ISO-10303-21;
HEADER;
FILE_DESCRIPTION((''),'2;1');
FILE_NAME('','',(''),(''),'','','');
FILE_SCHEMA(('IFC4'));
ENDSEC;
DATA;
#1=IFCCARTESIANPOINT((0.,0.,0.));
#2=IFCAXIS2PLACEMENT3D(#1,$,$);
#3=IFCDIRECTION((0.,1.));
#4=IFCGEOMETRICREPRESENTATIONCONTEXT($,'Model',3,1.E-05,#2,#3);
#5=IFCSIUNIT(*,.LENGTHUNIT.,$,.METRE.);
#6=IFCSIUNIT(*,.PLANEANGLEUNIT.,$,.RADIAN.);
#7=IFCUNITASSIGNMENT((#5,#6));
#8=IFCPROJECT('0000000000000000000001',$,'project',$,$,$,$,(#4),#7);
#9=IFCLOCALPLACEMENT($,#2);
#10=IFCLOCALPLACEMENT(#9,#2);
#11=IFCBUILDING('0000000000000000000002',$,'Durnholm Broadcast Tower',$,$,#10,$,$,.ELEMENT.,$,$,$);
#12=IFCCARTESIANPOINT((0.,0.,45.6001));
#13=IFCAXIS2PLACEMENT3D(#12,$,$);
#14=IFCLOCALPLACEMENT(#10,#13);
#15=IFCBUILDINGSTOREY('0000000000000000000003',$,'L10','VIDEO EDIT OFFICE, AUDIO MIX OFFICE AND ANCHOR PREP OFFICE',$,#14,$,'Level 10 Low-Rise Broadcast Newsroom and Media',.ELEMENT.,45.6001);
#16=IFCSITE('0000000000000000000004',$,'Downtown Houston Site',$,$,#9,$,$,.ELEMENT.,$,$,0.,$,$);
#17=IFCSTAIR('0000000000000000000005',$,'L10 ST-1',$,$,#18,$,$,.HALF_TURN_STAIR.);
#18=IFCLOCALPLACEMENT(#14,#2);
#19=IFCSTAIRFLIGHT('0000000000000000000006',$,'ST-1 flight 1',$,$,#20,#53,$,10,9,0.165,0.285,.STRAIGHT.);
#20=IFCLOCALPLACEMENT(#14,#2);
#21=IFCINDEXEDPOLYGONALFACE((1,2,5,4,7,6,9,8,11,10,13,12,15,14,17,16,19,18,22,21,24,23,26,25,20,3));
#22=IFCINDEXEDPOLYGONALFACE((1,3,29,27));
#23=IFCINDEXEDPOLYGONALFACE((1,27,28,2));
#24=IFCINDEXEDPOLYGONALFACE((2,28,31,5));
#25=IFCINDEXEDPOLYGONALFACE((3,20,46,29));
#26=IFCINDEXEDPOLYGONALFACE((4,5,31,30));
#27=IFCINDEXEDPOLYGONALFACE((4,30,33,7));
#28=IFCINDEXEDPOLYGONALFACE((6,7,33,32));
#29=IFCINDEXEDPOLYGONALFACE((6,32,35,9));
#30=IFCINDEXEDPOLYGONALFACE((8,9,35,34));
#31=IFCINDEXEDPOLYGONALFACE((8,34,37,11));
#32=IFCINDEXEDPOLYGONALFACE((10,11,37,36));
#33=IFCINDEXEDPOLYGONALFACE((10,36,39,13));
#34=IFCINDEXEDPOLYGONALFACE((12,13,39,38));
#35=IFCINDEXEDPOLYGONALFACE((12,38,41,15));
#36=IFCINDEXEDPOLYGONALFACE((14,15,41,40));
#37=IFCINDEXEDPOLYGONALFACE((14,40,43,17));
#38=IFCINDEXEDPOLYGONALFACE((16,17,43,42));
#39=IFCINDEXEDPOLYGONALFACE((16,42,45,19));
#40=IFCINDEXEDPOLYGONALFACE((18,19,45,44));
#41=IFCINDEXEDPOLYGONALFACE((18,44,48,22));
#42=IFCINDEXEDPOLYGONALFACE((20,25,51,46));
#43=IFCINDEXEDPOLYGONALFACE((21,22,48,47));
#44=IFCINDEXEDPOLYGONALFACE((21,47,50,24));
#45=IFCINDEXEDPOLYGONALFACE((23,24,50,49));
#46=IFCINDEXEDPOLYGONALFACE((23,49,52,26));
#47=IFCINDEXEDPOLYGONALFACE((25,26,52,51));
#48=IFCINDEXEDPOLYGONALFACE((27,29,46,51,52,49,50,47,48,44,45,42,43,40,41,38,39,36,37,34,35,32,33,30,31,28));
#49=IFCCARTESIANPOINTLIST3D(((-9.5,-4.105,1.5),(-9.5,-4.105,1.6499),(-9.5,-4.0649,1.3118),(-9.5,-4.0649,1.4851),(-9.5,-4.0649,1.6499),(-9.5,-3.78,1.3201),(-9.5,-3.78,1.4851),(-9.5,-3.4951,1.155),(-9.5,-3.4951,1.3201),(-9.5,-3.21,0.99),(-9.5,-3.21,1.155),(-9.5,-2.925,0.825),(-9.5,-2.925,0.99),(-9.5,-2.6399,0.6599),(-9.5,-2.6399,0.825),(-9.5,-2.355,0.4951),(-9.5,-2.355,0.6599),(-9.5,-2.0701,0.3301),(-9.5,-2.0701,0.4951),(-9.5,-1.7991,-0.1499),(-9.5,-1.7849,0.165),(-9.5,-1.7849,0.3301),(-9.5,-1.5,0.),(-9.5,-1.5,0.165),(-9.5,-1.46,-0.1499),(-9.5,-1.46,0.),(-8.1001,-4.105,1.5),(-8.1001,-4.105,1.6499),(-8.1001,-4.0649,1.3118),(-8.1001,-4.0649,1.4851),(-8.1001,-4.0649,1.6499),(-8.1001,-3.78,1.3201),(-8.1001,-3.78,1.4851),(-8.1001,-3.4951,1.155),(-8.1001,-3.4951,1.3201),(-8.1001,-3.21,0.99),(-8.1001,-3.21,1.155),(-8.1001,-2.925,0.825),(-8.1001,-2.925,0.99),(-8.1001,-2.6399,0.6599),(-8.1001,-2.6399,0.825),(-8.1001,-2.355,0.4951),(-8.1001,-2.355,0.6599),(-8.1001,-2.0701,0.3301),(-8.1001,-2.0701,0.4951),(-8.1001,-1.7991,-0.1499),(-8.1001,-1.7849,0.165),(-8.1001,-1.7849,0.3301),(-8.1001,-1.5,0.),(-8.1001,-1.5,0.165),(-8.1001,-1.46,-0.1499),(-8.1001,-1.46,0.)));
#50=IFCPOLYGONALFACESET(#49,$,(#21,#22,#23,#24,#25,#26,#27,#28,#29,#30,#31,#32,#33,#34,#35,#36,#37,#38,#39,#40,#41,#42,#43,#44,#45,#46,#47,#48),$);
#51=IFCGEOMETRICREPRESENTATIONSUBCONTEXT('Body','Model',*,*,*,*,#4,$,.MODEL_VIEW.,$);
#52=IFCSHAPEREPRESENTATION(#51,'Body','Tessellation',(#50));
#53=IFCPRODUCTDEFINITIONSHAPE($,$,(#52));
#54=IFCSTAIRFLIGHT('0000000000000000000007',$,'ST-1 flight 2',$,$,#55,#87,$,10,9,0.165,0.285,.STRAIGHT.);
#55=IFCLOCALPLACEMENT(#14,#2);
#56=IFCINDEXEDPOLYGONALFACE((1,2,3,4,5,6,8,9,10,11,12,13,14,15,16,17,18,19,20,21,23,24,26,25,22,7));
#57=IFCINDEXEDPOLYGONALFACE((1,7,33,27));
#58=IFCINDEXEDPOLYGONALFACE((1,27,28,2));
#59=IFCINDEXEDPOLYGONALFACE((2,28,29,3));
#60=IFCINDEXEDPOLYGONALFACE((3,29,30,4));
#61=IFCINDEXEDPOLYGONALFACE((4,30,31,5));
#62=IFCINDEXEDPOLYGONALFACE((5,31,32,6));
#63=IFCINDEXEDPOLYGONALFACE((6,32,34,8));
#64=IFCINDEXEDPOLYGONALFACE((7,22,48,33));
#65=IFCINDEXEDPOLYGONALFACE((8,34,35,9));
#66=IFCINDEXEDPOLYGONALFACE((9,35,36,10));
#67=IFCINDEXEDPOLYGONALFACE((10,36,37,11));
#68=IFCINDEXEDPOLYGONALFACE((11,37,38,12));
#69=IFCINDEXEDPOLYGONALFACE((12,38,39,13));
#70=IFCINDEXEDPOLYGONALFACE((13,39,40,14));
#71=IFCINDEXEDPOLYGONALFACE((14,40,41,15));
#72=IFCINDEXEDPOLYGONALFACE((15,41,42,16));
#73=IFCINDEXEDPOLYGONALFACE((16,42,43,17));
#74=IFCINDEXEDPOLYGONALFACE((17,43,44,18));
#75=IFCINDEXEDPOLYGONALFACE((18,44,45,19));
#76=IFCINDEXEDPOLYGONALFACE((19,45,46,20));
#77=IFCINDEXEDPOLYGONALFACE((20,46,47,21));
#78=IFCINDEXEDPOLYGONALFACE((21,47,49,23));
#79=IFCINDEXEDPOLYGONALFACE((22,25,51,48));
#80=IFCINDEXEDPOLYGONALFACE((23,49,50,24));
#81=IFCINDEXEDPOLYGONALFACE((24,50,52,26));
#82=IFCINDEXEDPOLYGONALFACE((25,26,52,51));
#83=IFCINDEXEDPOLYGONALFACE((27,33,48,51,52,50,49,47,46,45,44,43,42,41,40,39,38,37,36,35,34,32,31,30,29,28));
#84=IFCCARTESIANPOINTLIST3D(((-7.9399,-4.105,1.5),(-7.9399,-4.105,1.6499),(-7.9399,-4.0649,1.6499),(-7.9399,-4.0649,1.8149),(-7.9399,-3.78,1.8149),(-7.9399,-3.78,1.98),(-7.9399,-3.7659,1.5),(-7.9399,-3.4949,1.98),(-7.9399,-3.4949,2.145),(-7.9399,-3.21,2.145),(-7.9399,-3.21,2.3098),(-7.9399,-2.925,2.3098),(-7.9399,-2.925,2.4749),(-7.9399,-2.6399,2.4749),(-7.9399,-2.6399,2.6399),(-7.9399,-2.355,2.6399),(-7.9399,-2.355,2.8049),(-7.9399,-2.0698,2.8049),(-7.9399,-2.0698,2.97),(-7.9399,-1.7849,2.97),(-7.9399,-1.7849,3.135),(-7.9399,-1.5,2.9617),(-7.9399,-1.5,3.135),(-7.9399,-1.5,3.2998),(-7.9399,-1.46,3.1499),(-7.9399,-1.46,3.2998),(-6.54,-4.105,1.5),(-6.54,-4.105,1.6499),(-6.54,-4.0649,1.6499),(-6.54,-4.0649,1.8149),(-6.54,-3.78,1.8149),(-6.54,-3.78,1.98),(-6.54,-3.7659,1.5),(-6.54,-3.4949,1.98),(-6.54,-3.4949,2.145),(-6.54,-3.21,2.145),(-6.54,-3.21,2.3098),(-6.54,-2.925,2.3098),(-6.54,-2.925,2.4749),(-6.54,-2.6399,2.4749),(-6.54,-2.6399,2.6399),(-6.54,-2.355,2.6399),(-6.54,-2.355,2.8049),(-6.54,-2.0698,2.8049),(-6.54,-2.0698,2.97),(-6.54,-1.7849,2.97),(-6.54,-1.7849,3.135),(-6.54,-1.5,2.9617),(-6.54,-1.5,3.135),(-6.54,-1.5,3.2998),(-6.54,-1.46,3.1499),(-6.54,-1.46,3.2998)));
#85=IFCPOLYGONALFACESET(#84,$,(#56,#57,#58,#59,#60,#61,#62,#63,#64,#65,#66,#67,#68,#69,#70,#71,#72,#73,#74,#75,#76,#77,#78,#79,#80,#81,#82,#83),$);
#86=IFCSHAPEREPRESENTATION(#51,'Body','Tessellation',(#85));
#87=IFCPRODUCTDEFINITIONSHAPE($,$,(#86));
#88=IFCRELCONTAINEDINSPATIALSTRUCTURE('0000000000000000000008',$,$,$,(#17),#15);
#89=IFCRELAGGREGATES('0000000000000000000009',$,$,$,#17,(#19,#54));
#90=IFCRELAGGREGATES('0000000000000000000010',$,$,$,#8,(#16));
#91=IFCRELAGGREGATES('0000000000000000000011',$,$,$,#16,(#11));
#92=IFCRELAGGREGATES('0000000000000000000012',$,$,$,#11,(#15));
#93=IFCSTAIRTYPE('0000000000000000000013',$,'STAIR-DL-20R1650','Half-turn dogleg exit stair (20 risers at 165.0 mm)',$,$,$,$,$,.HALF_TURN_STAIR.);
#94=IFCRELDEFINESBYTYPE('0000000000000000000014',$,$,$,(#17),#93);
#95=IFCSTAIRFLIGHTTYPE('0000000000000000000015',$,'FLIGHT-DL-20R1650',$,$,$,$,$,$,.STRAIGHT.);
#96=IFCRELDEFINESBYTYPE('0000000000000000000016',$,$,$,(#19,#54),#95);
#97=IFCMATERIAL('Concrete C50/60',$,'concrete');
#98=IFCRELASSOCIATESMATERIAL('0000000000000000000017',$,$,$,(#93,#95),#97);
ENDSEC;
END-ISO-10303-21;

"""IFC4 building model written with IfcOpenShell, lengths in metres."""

from ifc_helpers import new_model, si_unit, direction, frame, origin, place, context, subcontext, project, spatial, polyline, outline, extrude, material, type_object, element, aggregate, save


model = new_model("IFC4")

# Units and contexts
model_context = context("Model", 3, precision=1e-05, world=origin(), true_north=direction((0.0, 1.0)))
body_context = subcontext(model_context, "Body", "Model", "MODEL_VIEW")
ifc_project = project(units=[si_unit("LENGTHUNIT", "METRE"), si_unit("PLANEANGLEUNIT", "RADIAN")], contexts=[model_context])

# Site, building, storey
site_placement = place(None, origin())
site = spatial("IfcSite", under=ifc_project, at=site_placement, Name="Downtown Houston Site", CompositionType="ELEMENT", RefElevation=0.0)
building_placement = place(site_placement, origin())
building = spatial("IfcBuilding", under=site, at=building_placement, Name="Durnholm Broadcast Tower", CompositionType="ELEMENT")
storey_placement = place(building_placement, frame((0.0, 0.0, 45.6001)))
storey = spatial("IfcBuildingStorey", under=building, at=storey_placement, Name="L10", Description="VIDEO EDIT OFFICE, AUDIO MIX OFFICE AND ANCHOR PREP OFFICE", LongName="Level 10 Low-Rise Broadcast Newsroom and Media", CompositionType="ELEMENT", Elevation=45.6001)

# Shared definitions
ifc_material_1 = material(Name="Concrete C50/60", Category="concrete")

# Stair, stair flights
stair_type = type_object("IfcStairType", Name="STAIR-DL-20R1650", Description="Half-turn dogleg exit stair (20 risers at 165.0 mm)", PredefinedType="HALF_TURN_STAIR", material=ifc_material_1)
stair_placement = place(storey_placement, origin())
stair = element("IfcStair", 1, at=stair_placement, inside=storey, type_object=stair_type, Name="L10 ST-1", PredefinedType="HALF_TURN_STAIR")
stair_flight_type = type_object("IfcStairFlightType", Name="FLIGHT-DL-20R1650", PredefinedType="STRAIGHT", material=ifc_material_1)
stair_flight_1_placement = place(storey_placement, frame((-8.8, -1.5, 0.0), z_axis=(0.0, 0.0, 1.0), x_axis=(0.0, -1.0, 0.0)))
stair_flight_1 = element("IfcStairFlight", 2, at=stair_flight_1_placement, type_object=stair_flight_type, Name="ST-1 flight 1", NumberOfRisers=10, NumberOfTreads=9, PredefinedType="STRAIGHT", RiserHeight=0.165, TreadLength=0.285, context=body_context, shape_type="SweptSolid", body=[
    extrude(outline(polyline([(-0.04, -0.1499), (-0.04, 0.0), (0.0, 0.0), (0.0, 0.165), (0.2849, 0.165), (0.2849, 0.3301), (0.5701, 0.3301), (0.5701, 0.4951), (0.855, 0.4951), (0.855, 0.6599), (1.1399, 0.6599), (1.1399, 0.825), (1.425, 0.825), (1.425, 0.99), (1.71, 0.99), (1.71, 1.155), (1.9951, 1.155), (1.9951, 1.3201), (2.28, 1.3201), (2.28, 1.4851), (2.5649, 1.4851), (2.5649, 1.6499), (2.605, 1.6499), (2.605, 1.5), (2.5649, 1.3118), (0.2991, -0.1499), (-0.04, -0.1499)])), frame((0.0, 0.7, 0.0), z_axis=(0.0, -1.0, 0.0), x_axis=(1.0, 0.0, 0.0)), (0.0, 0.0, 1.0), 1.3999),
])
stair_flight_2_placement = place(storey_placement, frame((-7.24, -4.0649, 1.6499), z_axis=(0.0, 0.0, 1.0), x_axis=(0.0, 1.0, 0.0)))
stair_flight_2 = element("IfcStairFlight", 3, at=stair_flight_2_placement, type_object=stair_flight_type, Name="ST-1 flight 2", NumberOfRisers=10, NumberOfTreads=9, PredefinedType="STRAIGHT", RiserHeight=0.165, TreadLength=0.285, context=body_context, shape_type="SweptSolid", body=[
    extrude(outline(polyline([(-0.04, -0.1499), (-0.04, 0.0), (0.0, 0.0), (0.0, 0.165), (0.2849, 0.165), (0.2849, 0.3301), (0.5701, 0.3301), (0.5701, 0.4951), (0.855, 0.4951), (0.855, 0.6599), (1.1399, 0.6599), (1.1399, 0.825), (1.425, 0.825), (1.425, 0.99), (1.71, 0.99), (1.71, 1.155), (1.9951, 1.155), (1.9951, 1.3201), (2.28, 1.3201), (2.28, 1.4851), (2.5649, 1.4851), (2.5649, 1.6499), (2.605, 1.6499), (2.605, 1.5), (2.5649, 1.3118), (0.2991, -0.1499), (-0.04, -0.1499)])), frame((0.0, 0.7, 0.0), z_axis=(0.0, -1.0, 0.0), x_axis=(1.0, 0.0, 0.0)), (0.0, 0.0, 1.0), 1.3999),
])
aggregate(stair, [stair_flight_1, stair_flight_2])

save(model, "model.ifc")
